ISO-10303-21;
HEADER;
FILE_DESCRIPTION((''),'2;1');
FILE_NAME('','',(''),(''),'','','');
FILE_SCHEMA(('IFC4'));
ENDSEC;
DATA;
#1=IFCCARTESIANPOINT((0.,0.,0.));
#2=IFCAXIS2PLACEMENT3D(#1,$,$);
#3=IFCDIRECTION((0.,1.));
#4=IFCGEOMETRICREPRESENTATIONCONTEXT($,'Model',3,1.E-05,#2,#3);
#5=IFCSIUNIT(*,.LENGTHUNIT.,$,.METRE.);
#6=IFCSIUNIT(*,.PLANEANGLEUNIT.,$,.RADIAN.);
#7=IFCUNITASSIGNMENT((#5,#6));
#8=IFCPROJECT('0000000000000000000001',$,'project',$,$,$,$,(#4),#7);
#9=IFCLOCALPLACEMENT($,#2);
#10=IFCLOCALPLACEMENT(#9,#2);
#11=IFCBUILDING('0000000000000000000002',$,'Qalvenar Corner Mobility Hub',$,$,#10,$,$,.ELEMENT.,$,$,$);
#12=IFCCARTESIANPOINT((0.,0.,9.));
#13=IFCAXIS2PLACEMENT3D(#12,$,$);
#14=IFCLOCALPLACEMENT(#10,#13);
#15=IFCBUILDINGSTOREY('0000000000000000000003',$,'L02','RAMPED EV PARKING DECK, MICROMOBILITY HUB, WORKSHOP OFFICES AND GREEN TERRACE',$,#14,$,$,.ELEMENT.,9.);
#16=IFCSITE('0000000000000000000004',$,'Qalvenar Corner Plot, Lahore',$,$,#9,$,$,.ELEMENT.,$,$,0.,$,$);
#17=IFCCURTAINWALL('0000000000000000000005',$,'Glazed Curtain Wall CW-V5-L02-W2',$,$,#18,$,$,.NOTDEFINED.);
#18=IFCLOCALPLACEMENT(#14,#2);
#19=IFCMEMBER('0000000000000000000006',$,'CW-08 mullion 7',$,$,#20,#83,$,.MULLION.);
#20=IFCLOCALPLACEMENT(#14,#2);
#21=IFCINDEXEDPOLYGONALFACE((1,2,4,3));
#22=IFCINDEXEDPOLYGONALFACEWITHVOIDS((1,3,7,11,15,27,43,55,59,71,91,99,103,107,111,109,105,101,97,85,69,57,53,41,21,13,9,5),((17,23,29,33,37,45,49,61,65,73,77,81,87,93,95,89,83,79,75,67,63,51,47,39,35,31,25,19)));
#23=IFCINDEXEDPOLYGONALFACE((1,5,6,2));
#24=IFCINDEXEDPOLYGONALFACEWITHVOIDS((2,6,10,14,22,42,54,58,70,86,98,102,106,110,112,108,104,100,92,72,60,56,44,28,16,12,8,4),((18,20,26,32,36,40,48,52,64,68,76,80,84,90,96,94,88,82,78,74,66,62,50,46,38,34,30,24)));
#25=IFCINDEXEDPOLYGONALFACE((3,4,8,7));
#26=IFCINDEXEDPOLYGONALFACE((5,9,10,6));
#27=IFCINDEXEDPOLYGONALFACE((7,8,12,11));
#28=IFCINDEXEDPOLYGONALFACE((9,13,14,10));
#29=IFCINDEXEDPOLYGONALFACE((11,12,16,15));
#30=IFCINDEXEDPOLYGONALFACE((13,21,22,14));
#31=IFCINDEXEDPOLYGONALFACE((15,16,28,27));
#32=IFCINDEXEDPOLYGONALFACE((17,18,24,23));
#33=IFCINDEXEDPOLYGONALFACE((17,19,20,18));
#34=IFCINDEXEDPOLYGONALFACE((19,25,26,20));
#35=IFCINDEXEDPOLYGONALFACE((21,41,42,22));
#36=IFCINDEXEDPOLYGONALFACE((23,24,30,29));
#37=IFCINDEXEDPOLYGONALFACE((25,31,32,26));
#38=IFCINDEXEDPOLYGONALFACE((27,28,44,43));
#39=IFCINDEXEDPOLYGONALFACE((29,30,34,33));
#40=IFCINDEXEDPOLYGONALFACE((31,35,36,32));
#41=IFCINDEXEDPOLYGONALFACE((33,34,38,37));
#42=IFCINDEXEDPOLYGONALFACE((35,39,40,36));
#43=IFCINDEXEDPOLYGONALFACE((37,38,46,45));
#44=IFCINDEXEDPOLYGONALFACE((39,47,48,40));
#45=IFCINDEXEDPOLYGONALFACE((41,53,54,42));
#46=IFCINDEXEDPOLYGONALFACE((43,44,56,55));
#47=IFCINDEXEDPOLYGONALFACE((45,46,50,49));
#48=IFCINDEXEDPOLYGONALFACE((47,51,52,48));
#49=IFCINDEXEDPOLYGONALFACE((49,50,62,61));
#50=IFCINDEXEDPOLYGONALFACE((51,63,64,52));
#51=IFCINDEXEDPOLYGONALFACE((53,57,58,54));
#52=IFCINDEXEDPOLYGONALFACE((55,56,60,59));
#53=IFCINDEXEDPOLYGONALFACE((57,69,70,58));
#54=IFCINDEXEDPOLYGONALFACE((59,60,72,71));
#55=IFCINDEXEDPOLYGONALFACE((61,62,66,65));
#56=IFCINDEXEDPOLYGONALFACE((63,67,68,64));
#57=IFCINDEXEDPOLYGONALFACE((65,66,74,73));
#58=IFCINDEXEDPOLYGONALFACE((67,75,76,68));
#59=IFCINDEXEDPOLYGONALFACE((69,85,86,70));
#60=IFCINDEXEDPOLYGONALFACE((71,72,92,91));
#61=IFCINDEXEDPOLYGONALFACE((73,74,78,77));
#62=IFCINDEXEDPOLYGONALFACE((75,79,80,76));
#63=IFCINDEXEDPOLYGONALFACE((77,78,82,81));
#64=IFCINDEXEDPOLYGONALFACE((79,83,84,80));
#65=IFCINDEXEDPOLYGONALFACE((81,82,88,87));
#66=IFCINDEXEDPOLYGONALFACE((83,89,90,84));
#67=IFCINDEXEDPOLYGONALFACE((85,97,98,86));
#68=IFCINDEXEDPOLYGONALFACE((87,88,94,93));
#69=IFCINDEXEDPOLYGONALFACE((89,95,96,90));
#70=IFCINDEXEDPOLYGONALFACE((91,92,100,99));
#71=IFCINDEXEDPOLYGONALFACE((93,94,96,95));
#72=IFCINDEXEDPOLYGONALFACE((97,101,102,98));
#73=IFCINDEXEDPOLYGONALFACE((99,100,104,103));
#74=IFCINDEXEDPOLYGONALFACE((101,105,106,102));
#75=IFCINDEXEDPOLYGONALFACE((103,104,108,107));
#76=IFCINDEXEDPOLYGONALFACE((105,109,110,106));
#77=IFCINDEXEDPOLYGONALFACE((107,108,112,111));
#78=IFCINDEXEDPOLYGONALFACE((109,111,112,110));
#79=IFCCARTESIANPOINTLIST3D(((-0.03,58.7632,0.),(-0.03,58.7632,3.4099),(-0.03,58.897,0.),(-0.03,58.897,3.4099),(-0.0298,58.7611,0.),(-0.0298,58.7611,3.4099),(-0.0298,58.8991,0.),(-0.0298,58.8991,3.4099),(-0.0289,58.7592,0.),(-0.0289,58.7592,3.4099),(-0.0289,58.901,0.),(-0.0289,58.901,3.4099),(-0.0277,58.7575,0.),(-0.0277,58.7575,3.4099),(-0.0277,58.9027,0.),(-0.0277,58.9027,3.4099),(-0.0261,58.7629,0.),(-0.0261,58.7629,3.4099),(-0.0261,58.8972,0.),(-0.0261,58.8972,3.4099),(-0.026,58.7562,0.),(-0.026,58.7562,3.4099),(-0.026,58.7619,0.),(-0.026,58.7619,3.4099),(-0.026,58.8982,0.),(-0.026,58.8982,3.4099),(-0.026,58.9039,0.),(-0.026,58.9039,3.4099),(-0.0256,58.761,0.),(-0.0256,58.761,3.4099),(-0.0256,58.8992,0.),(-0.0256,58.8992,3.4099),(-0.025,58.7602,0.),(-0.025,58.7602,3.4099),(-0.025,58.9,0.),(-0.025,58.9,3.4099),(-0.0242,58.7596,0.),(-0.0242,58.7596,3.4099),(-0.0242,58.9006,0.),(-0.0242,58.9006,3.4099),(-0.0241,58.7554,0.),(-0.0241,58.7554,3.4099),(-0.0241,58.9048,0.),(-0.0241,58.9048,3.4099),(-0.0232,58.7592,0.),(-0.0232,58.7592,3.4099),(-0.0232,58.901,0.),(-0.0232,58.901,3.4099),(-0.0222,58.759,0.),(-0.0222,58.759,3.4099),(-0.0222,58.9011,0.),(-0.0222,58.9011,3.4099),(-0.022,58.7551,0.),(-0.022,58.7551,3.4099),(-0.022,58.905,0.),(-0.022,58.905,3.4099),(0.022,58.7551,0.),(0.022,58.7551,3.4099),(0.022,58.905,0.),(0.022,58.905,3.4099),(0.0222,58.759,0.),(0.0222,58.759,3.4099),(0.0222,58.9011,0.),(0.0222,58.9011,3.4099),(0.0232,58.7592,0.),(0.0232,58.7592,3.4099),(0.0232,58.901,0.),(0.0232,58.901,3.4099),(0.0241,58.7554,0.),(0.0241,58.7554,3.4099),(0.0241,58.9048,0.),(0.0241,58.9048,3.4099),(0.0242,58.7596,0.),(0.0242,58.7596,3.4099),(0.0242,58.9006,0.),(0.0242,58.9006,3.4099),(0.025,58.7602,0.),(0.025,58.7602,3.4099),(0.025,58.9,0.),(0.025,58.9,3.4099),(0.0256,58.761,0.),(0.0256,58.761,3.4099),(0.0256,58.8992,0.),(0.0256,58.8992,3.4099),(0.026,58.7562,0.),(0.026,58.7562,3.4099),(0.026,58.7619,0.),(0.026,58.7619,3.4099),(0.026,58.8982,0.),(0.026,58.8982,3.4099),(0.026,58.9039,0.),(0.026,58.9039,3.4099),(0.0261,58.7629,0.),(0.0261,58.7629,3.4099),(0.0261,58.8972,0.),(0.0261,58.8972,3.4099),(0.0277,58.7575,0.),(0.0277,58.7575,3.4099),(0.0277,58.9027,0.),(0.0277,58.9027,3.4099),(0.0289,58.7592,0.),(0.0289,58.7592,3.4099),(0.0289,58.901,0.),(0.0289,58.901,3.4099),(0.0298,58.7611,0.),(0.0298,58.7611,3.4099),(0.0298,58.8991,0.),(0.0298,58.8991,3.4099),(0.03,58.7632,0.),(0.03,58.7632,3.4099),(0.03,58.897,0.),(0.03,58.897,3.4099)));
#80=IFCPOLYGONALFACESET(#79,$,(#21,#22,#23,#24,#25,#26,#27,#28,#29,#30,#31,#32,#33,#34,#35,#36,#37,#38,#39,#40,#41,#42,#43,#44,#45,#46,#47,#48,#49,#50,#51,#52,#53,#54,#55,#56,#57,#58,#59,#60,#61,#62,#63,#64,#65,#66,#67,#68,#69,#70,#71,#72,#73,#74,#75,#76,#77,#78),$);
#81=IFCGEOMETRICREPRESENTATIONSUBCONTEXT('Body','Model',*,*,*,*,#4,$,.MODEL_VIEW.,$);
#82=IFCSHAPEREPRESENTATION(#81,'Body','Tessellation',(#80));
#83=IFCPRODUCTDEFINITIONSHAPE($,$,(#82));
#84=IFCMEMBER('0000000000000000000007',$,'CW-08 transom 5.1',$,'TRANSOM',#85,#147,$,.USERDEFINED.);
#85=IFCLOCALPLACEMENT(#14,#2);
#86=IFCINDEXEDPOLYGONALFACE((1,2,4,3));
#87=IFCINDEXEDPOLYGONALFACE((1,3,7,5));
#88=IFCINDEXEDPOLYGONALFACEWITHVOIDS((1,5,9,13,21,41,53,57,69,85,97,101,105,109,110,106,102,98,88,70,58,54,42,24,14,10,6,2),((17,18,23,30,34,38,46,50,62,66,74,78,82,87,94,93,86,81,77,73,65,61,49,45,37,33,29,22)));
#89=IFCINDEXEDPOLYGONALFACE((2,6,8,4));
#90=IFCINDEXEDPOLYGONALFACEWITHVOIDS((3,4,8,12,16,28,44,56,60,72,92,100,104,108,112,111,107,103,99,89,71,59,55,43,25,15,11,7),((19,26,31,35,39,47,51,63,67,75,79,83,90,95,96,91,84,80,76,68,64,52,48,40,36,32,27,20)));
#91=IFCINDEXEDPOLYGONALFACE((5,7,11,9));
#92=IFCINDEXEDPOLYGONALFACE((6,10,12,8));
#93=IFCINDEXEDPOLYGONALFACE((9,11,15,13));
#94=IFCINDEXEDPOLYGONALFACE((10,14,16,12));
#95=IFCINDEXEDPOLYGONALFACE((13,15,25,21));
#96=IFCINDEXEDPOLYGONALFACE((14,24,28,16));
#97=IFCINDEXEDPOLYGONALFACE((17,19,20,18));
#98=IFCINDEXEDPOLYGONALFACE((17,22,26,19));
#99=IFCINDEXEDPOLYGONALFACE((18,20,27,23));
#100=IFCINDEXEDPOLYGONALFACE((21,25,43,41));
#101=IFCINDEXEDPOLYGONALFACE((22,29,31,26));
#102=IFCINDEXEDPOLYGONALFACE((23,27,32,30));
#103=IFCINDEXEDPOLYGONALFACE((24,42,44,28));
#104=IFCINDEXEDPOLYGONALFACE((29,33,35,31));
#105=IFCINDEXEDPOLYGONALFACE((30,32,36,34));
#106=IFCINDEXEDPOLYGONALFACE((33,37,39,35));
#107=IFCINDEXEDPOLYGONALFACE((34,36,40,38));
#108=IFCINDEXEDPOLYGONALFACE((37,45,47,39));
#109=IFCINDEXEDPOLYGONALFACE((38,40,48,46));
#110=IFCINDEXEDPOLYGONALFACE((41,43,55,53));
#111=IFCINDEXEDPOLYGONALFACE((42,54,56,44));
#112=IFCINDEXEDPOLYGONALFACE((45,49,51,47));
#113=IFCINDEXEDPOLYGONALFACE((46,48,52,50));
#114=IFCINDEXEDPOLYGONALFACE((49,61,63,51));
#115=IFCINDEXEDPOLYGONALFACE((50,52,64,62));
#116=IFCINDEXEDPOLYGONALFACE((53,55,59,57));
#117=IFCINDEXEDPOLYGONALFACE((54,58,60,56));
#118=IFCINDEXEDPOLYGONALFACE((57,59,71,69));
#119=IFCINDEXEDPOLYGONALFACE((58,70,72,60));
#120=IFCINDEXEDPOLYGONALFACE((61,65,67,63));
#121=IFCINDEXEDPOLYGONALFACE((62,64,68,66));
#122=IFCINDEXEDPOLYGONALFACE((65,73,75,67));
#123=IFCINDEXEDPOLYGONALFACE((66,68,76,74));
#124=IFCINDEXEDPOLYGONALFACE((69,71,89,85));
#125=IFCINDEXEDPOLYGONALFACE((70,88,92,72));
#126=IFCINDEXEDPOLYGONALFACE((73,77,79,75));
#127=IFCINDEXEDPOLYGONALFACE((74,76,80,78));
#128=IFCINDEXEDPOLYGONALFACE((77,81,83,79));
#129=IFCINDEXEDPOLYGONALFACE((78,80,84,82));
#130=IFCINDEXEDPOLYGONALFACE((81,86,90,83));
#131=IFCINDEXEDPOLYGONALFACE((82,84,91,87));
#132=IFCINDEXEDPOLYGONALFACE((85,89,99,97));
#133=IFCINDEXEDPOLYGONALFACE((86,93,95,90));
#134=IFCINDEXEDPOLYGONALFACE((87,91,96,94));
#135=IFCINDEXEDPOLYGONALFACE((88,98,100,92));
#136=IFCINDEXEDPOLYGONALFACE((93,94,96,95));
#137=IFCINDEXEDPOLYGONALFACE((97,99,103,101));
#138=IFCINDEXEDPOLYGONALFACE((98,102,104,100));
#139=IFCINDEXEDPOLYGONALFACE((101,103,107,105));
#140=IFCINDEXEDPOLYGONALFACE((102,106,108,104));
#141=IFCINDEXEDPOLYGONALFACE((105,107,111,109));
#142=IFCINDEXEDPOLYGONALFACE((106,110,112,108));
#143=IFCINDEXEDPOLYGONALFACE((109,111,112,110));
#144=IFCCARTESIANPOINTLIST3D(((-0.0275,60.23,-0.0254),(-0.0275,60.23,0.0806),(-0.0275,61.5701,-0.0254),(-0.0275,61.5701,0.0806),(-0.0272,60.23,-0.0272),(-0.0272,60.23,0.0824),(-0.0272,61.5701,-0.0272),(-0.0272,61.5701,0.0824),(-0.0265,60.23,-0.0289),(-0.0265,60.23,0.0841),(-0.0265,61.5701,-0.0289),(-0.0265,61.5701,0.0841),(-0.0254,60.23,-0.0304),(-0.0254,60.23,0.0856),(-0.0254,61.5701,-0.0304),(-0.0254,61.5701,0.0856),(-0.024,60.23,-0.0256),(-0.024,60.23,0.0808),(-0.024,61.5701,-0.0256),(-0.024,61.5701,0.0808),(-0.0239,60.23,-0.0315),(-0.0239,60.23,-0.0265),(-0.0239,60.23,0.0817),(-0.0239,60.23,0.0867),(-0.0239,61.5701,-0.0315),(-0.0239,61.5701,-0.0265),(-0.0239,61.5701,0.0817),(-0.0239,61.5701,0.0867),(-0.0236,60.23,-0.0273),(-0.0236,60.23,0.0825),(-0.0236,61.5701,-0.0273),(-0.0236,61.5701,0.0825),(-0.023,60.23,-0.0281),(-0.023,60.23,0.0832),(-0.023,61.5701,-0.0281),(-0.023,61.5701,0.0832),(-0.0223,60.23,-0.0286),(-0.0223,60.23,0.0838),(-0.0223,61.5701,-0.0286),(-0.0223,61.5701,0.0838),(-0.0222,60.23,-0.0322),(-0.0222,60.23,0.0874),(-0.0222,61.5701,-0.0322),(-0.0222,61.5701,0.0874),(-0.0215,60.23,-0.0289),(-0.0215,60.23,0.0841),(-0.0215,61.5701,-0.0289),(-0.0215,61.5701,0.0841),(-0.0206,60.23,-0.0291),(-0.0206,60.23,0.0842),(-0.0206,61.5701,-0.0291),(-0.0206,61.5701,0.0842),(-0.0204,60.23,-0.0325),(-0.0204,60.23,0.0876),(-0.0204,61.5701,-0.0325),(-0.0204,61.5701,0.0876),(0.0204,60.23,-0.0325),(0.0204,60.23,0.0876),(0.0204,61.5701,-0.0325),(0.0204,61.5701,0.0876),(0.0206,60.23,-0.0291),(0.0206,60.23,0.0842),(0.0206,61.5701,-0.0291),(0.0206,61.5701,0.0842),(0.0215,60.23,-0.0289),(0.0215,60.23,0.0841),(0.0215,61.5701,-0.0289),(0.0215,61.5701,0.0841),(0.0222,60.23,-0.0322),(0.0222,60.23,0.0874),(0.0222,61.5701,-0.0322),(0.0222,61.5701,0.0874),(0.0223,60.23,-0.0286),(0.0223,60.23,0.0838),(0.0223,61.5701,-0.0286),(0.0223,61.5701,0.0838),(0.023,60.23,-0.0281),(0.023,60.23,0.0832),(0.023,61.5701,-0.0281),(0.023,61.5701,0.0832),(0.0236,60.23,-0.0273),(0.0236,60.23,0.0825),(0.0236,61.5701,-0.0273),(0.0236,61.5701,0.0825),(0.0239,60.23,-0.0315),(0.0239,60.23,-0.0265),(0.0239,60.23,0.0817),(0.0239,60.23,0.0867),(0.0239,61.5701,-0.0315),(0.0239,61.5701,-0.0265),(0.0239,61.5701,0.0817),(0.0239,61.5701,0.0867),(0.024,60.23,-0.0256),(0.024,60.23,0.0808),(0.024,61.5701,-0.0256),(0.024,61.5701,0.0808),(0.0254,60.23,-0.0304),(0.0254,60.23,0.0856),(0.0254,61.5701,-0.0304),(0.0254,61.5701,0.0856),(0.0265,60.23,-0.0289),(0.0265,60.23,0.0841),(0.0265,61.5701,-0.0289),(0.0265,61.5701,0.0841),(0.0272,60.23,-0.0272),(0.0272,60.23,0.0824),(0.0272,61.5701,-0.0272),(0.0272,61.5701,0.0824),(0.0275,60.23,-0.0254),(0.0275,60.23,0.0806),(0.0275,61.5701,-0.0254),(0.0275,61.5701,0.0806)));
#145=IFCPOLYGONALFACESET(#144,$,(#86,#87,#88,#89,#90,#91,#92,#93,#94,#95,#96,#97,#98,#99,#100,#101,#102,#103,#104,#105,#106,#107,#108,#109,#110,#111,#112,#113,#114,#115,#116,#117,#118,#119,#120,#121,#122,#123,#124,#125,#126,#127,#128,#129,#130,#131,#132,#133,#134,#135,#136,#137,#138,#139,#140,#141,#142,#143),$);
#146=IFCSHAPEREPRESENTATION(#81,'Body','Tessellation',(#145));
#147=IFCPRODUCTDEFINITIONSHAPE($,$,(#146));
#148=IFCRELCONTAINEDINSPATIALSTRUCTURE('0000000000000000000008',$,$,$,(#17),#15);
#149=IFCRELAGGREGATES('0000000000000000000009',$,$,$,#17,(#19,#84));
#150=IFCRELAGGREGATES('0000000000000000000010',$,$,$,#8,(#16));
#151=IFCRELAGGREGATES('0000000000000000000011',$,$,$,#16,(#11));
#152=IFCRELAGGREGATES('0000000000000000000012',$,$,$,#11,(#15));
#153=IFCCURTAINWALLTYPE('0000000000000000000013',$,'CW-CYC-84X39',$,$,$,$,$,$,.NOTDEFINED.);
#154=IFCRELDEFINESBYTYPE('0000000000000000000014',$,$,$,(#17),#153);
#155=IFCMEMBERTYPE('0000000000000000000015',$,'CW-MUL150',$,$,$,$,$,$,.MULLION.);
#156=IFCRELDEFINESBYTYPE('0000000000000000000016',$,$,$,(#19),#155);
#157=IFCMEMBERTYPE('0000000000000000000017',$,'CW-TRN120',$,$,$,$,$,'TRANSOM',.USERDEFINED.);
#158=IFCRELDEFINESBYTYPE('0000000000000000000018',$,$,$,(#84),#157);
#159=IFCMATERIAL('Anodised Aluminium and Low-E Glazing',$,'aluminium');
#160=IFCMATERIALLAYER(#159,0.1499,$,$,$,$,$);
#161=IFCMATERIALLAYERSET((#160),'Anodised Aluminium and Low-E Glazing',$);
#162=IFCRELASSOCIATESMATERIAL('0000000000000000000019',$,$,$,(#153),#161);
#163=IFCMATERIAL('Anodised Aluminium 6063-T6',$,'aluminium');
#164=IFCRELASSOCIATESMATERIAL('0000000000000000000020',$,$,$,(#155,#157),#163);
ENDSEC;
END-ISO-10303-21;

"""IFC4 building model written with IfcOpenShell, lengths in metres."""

from ifc_helpers import new_model, si_unit, direction, frame, origin, origin_2d, place, context, subcontext, project, spatial, hollow_rectangle, extrude, material, layer, layer_set, material_profile, profile_set, type_object, element, aggregate, save


model = new_model("IFC4")

# Units and contexts
model_context = context("Model", 3, precision=1e-05, world=origin(), true_north=direction((0.0, 1.0)))
body_context = subcontext(model_context, "Body", "Model", "MODEL_VIEW")
ifc_project = project(units=[si_unit("LENGTHUNIT", "METRE"), si_unit("PLANEANGLEUNIT", "RADIAN")], contexts=[model_context])

# Site, building, storey
site_placement = place(None, origin())
site = spatial("IfcSite", under=ifc_project, at=site_placement, Name="Qalvenar Corner Plot, Lahore", CompositionType="ELEMENT", RefElevation=0.0)
building_placement = place(site_placement, origin())
building = spatial("IfcBuilding", under=site, at=building_placement, Name="Qalvenar Corner Mobility Hub", CompositionType="ELEMENT")
storey_placement = place(building_placement, frame((0.0, 0.0, 9.0)))
storey = spatial("IfcBuildingStorey", under=building, at=storey_placement, Name="L02", Description="RAMPED EV PARKING DECK, MICROMOBILITY HUB, WORKSHOP OFFICES AND GREEN TERRACE", CompositionType="ELEMENT", Elevation=9.0)

# Curtain wall, members
ifc_material_1 = material(Name="Anodised Aluminium and Low-E Glazing", Category="aluminium")
ifc_layer_1 = layer(ifc_material_1, 0.1499)
ifc_layer_set_1 = layer_set([ifc_layer_1], Name="Anodised Aluminium and Low-E Glazing")
curtain_wall_type = type_object("IfcCurtainWallType", Name="CW-CYC-84X39", PredefinedType="NOTDEFINED", material=ifc_layer_set_1)
curtain_wall_placement = place(storey_placement, origin())
curtain_wall = element("IfcCurtainWall", 1, at=curtain_wall_placement, inside=storey, type_object=curtain_wall_type, Name="Glazed Curtain Wall CW-V5-L02-W2", PredefinedType="NOTDEFINED")
ifc_material_2 = material(Name="Anodised Aluminium 6063-T6", Category="aluminium")
ifc_material_profile_1 = material_profile(ifc_material_2, hollow_rectangle(XDim=0.0601, YDim=0.1499, WallThickness=0.0039, InnerFilletRadius=0.0039, OuterFilletRadius=0.0081, at=origin_2d()), Name="RHS150x60x4")
ifc_profile_set_1 = profile_set([ifc_material_profile_1], Name="Anodised Aluminium 6063-T6")
member_type_1 = type_object("IfcMemberType", Name="CW-MUL150", PredefinedType="MULLION", material=ifc_profile_set_1)
member_1_placement = place(storey_placement, frame((0.0, 58.8301, 0.0), z_axis=(0.0, 0.0, 1.0), x_axis=(1.0, 0.0, 0.0)))
member_1 = element("IfcMember", 2, at=member_1_placement, type_object=member_type_1, Name="CW-08 mullion 7", PredefinedType="MULLION", context=body_context, shape_type="SweptSolid", body=[
    extrude(hollow_rectangle(XDim=0.0601, YDim=0.1499, WallThickness=0.0039, InnerFilletRadius=0.0039, OuterFilletRadius=0.0081, at=origin_2d()), origin(), (0.0, 0.0, 1.0), 3.4099),
])
ifc_material_profile_2 = material_profile(ifc_material_2, hollow_rectangle(XDim=0.0549, YDim=0.1201, WallThickness=0.0034, InnerFilletRadius=0.0034, OuterFilletRadius=0.0071, at=origin_2d()), Name="RHS120x55x3.5")
ifc_profile_set_2 = profile_set([ifc_material_profile_2], Name="Anodised Aluminium 6063-T6")
member_type_2 = type_object("IfcMemberType", Name="CW-TRN120", ElementType="TRANSOM", PredefinedType="USERDEFINED", material=ifc_profile_set_2)
member_2_placement = place(storey_placement, frame((0.0, 61.5701, 0.0276), z_axis=(0.0, -1.0, 0.0), x_axis=(1.0, 0.0, 0.0)))
member_2 = element("IfcMember", 3, at=member_2_placement, type_object=member_type_2, Name="CW-08 transom 5.1", ObjectType="TRANSOM", PredefinedType="USERDEFINED", context=body_context, shape_type="SweptSolid", body=[
    extrude(hollow_rectangle(XDim=0.0549, YDim=0.1201, WallThickness=0.0034, InnerFilletRadius=0.0034, OuterFilletRadius=0.0071, at=origin_2d()), origin(), (0.0, 0.0, 1.0), 1.3401),
])
aggregate(curtain_wall, [member_1, member_2])

save(model, "model.ifc")
